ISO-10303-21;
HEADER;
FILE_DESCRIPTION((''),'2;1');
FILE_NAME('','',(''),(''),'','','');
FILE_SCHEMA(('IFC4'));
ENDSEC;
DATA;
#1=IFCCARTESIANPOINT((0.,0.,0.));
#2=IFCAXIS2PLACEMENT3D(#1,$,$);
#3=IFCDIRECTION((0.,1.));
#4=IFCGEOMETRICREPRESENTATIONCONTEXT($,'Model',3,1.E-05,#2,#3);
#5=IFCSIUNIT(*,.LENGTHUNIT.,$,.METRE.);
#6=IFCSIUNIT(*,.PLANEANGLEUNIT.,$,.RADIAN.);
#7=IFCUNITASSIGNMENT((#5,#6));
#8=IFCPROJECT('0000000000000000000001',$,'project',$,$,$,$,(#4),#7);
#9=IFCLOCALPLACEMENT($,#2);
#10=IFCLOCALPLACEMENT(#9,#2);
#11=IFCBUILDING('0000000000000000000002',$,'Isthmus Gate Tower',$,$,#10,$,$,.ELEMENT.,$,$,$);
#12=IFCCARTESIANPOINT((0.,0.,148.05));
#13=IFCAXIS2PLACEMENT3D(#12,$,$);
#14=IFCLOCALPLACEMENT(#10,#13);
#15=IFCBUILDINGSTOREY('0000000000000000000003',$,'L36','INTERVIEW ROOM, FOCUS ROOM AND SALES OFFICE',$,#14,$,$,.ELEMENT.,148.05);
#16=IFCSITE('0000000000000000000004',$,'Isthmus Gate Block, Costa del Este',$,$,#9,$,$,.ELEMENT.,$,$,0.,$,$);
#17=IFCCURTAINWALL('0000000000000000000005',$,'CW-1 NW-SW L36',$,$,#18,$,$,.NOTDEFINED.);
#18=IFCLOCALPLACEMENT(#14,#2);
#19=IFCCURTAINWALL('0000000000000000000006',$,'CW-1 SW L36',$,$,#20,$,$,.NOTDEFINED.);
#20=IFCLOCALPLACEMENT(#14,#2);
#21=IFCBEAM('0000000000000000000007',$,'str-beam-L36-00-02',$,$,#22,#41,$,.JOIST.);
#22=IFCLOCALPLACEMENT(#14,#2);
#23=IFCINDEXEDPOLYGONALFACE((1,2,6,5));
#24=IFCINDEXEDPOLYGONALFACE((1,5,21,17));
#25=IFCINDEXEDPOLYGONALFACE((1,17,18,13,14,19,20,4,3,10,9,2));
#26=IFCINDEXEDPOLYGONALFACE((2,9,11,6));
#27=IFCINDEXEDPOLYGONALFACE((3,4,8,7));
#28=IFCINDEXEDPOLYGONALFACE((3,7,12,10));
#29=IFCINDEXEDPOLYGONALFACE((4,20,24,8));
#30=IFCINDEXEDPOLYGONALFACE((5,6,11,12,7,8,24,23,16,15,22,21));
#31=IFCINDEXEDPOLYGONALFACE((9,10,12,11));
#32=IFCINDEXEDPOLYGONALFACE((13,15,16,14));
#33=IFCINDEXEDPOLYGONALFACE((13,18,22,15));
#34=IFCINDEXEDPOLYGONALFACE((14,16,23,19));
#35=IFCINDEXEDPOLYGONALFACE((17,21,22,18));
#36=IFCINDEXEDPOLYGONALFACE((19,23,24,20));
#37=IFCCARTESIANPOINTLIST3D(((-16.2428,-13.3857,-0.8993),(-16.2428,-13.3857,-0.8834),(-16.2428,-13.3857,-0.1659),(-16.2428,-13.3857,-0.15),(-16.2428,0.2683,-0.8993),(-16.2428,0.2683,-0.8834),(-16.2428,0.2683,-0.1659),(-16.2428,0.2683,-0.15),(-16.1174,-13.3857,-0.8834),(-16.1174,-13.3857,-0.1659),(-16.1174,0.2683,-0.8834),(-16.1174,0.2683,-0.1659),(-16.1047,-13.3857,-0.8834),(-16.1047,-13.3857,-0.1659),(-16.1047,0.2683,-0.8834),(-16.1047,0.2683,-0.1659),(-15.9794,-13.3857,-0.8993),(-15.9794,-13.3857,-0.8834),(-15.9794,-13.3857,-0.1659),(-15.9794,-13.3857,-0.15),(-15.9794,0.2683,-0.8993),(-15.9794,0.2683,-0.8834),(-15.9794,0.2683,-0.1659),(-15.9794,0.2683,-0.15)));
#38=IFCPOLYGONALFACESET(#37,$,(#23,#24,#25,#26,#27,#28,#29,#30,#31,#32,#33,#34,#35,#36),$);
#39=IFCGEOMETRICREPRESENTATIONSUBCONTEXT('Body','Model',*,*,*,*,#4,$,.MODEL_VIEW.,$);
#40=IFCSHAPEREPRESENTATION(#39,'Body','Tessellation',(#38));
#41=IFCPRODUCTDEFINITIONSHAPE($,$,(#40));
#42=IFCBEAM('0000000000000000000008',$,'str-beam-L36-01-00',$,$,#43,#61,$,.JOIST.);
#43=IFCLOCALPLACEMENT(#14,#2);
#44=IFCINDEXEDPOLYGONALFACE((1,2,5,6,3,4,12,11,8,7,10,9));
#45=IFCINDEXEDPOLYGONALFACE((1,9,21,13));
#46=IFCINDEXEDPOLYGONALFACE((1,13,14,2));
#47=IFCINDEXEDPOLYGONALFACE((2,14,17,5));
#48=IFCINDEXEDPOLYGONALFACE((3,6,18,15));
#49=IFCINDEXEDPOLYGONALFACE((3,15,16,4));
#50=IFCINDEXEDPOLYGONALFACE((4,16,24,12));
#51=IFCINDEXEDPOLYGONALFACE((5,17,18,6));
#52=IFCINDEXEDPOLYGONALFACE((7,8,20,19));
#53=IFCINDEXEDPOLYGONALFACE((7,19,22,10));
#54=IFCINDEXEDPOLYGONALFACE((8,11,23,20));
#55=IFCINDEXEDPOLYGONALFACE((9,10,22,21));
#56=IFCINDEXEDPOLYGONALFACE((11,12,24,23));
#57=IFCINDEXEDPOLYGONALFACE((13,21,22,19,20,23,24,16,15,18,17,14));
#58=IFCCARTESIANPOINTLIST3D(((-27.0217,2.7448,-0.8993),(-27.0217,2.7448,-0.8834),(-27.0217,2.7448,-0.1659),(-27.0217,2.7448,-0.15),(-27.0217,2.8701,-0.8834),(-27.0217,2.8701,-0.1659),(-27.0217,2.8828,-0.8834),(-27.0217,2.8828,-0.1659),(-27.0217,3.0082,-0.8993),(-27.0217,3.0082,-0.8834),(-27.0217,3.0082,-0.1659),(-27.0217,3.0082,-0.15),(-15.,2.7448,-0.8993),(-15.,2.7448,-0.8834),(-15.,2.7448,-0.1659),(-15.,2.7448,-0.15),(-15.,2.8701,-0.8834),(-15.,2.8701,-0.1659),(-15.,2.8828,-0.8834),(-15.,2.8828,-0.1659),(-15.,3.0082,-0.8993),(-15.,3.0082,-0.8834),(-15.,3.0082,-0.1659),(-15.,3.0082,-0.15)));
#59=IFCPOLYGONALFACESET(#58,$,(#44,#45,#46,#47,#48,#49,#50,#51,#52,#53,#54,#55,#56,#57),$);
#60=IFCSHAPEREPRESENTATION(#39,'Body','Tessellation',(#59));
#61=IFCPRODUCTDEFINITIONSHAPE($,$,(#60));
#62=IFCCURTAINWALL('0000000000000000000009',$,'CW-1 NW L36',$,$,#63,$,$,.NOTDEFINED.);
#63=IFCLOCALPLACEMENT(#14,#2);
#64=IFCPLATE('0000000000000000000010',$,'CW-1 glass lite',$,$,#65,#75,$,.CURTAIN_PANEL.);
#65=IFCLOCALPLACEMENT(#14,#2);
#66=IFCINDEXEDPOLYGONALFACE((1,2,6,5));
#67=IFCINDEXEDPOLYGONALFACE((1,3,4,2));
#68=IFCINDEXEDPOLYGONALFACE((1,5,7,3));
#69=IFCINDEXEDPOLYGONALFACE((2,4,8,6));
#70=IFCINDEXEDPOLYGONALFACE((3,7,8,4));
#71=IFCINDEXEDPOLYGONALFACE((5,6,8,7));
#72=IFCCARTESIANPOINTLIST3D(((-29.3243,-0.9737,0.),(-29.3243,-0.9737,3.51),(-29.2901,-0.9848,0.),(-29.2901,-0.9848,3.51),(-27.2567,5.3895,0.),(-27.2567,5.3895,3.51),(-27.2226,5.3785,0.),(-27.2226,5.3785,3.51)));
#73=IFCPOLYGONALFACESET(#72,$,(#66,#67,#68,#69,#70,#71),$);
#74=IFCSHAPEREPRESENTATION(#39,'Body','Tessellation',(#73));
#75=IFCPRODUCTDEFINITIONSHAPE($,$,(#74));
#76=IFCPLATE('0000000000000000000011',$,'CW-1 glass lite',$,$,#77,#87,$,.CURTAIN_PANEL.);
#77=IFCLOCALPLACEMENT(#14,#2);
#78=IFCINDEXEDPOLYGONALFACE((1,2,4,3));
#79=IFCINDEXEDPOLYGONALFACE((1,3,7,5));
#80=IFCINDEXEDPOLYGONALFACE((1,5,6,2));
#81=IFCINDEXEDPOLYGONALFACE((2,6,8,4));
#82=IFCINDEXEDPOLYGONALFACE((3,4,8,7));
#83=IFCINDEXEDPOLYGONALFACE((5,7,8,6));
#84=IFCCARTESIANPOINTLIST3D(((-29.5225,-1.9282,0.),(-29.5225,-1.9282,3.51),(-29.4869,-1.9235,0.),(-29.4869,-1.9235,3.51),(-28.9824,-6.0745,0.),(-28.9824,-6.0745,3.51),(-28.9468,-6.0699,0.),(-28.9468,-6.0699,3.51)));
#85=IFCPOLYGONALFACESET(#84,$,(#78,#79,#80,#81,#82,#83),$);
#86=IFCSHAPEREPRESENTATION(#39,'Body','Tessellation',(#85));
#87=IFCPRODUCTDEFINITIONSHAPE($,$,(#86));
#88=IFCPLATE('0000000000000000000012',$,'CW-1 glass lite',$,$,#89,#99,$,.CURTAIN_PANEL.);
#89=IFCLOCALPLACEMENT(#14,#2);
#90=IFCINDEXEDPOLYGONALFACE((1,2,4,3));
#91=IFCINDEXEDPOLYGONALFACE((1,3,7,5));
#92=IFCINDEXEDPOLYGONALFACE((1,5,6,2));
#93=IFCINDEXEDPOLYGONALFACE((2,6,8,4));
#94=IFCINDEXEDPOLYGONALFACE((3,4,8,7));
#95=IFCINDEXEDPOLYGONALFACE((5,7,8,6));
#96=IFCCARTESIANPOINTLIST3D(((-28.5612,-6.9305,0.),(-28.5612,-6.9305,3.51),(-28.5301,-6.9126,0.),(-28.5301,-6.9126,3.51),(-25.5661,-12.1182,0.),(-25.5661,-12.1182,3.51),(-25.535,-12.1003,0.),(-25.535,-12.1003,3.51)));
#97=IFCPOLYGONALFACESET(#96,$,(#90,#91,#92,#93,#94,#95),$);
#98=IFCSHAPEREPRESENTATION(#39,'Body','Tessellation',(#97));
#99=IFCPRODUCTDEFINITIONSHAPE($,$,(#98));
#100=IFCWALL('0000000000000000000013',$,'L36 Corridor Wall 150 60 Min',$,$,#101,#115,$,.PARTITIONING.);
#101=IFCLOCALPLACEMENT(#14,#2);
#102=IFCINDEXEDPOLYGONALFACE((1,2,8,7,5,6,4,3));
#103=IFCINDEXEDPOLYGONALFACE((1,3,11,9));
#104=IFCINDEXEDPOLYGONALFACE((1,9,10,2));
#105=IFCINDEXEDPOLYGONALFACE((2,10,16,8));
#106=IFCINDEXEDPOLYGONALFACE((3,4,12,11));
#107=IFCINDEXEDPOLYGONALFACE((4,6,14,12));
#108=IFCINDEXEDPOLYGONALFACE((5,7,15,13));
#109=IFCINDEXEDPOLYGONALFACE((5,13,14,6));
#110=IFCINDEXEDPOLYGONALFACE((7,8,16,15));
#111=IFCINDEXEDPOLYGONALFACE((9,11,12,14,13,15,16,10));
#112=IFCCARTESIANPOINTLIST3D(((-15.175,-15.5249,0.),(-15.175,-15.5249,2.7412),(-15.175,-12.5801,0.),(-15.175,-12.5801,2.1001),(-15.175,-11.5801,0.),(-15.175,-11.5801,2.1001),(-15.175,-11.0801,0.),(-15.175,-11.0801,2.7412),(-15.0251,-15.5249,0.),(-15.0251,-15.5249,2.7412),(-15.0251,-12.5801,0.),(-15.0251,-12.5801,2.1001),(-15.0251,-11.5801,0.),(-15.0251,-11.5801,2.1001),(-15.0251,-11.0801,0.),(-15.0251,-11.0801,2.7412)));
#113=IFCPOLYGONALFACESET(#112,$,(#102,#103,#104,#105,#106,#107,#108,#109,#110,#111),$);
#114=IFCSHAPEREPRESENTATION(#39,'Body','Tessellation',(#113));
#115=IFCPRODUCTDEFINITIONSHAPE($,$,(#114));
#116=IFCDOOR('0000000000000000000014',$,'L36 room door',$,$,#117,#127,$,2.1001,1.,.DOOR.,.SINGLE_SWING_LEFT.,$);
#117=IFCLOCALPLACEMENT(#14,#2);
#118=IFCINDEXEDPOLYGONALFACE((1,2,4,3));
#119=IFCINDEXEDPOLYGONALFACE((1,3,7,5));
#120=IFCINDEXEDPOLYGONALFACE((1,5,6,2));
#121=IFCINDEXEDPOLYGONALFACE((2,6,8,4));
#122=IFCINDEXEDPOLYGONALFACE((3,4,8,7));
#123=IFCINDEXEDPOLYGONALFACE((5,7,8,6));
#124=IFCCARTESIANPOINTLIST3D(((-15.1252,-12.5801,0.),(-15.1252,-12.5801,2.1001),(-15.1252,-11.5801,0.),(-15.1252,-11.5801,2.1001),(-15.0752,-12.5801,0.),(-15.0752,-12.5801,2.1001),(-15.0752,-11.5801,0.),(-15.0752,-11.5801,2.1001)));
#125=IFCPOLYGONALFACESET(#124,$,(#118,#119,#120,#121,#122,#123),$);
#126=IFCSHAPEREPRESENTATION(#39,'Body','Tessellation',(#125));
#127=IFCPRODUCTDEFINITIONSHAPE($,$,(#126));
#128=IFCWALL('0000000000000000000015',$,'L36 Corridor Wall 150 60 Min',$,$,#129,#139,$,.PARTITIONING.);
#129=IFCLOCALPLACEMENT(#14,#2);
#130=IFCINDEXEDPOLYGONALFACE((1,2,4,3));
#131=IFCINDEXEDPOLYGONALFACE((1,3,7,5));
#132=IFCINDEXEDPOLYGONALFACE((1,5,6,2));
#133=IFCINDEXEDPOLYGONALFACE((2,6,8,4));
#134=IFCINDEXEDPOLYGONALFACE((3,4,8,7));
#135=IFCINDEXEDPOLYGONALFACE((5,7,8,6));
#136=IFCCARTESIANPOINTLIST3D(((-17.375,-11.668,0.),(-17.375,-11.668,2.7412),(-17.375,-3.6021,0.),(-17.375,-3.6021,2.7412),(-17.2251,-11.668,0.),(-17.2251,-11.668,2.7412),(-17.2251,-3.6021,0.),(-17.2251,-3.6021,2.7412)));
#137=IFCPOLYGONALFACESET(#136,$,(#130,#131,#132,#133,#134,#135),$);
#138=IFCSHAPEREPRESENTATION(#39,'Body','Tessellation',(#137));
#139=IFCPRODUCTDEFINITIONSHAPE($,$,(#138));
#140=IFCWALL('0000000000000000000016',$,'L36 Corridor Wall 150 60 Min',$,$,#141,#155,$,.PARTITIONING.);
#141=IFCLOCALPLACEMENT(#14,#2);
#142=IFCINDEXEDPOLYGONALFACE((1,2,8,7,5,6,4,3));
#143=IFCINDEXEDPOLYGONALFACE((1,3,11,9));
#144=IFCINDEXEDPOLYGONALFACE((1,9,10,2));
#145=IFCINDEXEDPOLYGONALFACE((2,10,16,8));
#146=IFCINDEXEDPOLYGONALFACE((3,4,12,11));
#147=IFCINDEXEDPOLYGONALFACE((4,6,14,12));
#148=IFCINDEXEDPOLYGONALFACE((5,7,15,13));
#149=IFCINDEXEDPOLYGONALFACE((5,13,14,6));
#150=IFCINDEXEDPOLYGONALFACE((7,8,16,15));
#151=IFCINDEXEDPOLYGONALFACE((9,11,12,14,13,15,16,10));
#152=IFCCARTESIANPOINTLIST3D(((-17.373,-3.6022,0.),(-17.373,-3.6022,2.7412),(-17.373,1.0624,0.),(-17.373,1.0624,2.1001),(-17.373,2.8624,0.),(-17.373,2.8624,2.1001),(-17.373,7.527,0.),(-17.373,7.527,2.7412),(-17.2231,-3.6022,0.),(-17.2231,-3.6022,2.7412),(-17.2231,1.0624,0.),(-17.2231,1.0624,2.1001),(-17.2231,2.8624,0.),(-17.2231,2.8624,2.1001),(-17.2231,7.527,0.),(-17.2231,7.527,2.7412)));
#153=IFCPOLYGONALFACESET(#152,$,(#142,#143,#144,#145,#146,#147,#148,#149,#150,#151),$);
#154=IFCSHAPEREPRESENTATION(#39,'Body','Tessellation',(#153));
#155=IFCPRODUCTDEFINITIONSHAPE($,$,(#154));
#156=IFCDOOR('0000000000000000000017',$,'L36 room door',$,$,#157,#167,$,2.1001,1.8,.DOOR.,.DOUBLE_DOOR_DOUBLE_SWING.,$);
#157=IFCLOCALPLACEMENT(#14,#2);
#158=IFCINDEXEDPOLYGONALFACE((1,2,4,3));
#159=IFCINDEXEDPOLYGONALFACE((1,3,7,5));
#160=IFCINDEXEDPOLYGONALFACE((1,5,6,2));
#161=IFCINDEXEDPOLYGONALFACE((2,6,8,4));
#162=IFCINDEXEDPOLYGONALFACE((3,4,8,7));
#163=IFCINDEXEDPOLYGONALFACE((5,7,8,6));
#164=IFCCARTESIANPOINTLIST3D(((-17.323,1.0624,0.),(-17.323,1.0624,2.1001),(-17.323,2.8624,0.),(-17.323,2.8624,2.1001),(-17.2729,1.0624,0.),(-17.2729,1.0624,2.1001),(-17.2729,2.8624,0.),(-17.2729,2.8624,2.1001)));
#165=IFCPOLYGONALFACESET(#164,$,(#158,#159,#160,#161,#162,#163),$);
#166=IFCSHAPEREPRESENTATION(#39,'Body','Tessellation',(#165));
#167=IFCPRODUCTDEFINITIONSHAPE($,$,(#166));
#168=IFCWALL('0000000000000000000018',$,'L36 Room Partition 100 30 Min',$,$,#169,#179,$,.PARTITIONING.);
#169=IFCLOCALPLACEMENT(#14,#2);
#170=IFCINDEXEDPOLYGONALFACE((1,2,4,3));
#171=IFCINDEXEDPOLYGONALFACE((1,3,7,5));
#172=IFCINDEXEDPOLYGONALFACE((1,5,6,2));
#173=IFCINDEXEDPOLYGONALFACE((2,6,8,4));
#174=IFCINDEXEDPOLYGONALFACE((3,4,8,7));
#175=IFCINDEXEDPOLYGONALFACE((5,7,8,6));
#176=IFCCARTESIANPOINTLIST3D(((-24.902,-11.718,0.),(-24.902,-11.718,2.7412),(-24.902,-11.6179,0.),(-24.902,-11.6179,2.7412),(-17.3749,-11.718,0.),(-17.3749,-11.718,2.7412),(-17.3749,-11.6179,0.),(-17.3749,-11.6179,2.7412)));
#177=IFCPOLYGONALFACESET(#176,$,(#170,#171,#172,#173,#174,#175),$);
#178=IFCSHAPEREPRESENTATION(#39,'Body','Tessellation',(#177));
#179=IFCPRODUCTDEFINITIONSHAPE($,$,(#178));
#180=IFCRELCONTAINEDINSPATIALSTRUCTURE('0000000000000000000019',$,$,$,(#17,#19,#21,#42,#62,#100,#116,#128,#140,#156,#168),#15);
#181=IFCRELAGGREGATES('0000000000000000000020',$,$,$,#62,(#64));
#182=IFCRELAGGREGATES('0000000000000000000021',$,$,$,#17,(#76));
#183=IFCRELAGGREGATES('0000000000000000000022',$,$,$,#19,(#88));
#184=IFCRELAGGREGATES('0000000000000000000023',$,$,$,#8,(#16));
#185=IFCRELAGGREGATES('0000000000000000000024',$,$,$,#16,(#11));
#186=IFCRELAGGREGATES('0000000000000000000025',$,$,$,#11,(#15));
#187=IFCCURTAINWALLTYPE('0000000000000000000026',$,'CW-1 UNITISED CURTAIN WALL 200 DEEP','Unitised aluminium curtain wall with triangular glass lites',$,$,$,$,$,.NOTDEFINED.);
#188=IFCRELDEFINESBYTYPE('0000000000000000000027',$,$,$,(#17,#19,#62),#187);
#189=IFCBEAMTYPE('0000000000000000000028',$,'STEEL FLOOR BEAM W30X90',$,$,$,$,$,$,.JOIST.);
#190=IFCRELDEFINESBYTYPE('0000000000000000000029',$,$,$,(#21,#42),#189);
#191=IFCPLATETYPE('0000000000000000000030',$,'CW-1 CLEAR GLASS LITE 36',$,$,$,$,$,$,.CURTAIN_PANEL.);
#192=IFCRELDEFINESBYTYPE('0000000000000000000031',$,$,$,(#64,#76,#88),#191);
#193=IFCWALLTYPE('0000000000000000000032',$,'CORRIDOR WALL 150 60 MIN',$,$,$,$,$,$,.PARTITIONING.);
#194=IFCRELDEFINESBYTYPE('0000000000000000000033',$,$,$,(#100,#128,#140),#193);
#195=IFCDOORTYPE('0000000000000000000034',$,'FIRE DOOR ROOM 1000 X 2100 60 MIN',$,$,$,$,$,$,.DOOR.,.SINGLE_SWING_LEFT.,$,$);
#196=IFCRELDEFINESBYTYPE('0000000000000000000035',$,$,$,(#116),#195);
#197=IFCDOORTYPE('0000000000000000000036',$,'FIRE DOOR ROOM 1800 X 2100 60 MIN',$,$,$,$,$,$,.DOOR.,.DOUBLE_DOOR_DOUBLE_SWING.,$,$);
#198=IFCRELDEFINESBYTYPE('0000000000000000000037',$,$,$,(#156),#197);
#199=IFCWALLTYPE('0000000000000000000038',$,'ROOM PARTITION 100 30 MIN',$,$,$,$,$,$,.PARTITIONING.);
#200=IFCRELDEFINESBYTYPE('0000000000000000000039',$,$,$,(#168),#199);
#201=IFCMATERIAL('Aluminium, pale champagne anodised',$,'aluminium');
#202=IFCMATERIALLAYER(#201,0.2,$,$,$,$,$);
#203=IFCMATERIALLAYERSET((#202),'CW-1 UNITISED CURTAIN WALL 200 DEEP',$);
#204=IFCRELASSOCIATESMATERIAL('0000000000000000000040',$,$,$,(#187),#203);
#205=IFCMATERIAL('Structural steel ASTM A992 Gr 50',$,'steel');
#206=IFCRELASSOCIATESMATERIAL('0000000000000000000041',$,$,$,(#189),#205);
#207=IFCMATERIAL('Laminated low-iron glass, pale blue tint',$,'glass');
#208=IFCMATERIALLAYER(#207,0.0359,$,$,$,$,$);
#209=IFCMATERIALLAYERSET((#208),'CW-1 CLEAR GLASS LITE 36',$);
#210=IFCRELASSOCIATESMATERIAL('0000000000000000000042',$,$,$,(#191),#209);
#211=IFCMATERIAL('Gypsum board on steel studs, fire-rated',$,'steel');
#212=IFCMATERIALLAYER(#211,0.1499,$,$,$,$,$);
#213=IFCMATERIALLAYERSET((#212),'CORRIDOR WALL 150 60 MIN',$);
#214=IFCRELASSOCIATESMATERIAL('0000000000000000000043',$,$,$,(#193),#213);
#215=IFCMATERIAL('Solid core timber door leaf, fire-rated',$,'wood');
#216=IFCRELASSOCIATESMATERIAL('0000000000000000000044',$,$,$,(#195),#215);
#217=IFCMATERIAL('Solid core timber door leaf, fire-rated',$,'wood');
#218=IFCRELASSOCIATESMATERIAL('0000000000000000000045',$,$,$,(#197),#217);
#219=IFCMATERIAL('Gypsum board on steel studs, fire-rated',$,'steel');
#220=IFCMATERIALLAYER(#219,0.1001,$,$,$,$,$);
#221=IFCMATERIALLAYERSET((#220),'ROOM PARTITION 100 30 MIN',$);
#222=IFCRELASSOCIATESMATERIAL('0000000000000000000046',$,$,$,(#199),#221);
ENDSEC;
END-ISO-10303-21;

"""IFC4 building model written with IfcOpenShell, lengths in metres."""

from ifc_helpers import new_model, si_unit, direction, frame, frame_2d, origin, origin_2d, place, context, subcontext, project, spatial, rectangle, i_section, extrude, material, layer, layer_set, material_profile, profile_set, type_object, element, fill, aggregate, save


model = new_model("IFC4")

# Units and contexts
model_context = context("Model", 3, precision=1e-05, world=origin(), true_north=direction((0.0, 1.0)))
body_context = subcontext(model_context, "Body", "Model", "MODEL_VIEW")
ifc_project = project(units=[si_unit("LENGTHUNIT", "METRE"), si_unit("PLANEANGLEUNIT", "RADIAN")], contexts=[model_context])

# Site, building, storey
site_placement = place(None, origin())
site = spatial("IfcSite", under=ifc_project, at=site_placement, Name="Isthmus Gate Block, Costa del Este", CompositionType="ELEMENT", RefElevation=0.0)
building_placement = place(site_placement, origin())
building = spatial("IfcBuilding", under=site, at=building_placement, Name="Isthmus Gate Tower", CompositionType="ELEMENT")
storey_placement = place(building_placement, frame((0.0, 0.0, 148.05)))
storey = spatial("IfcBuildingStorey", under=building, at=storey_placement, Name="L36", Description="INTERVIEW ROOM, FOCUS ROOM AND SALES OFFICE", CompositionType="ELEMENT", Elevation=148.05)

# Curtain walls
ifc_material_1 = material(Name="Aluminium, pale champagne anodised", Category="aluminium")
ifc_layer_1 = layer(ifc_material_1, 0.2)
ifc_layer_set_1 = layer_set([ifc_layer_1], Name="CW-1 UNITISED CURTAIN WALL 200 DEEP")
curtain_wall_type = type_object("IfcCurtainWallType", Name="CW-1 UNITISED CURTAIN WALL 200 DEEP", Description="Unitised aluminium curtain wall with triangular glass lites", PredefinedType="NOTDEFINED", material=ifc_layer_set_1)
curtain_wall_1_placement = place(storey_placement, origin())
curtain_wall_1 = element("IfcCurtainWall", 1, at=curtain_wall_1_placement, inside=storey, type_object=curtain_wall_type, Name="CW-1 NW-SW L36", PredefinedType="NOTDEFINED")
curtain_wall_2_placement = place(storey_placement, origin())
curtain_wall_2 = element("IfcCurtainWall", 2, at=curtain_wall_2_placement, inside=storey, type_object=curtain_wall_type, Name="CW-1 SW L36", PredefinedType="NOTDEFINED")

# Beams
ifc_material_2 = material(Name="Structural steel ASTM A992 Gr 50", Category="steel")
ifc_material_profile_1 = material_profile(ifc_material_2, i_section(OverallWidth=0.2634, OverallDepth=0.7493, WebThickness=0.0127, FlangeThickness=0.0159, at=origin_2d()), Name="W30X90")
ifc_profile_set_1 = profile_set([ifc_material_profile_1], Name="Structural steel ASTM A992 Gr 50")
beam_type_1 = type_object("IfcBeamType", Name="STEEL FLOOR BEAM W30X90", PredefinedType="JOIST", material=ifc_profile_set_1)
beam_1_placement = place(storey_placement, frame((-16.1111, -13.3857, -0.5247), z_axis=(0.0, 1.0, 0.0), x_axis=(-1.0, 0.0, 0.0)))
element("IfcBeam", 3, at=beam_1_placement, inside=storey, type_object=beam_type_1, Name="str-beam-L36-00-02", PredefinedType="JOIST", context=body_context, shape_type="SweptSolid", body=[
    extrude(i_section(OverallWidth=0.2634, OverallDepth=0.7493, WebThickness=0.0127, FlangeThickness=0.0159, at=origin_2d()), origin(), (0.0, 0.0, 1.0), 13.6541),
])
beam_2_placement = place(storey_placement, frame((-27.0217, 2.8765, -0.5247), z_axis=(1.0, 0.0, 0.0), x_axis=(0.0, 1.0, 0.0)))
element("IfcBeam", 4, at=beam_2_placement, inside=storey, type_object=beam_type_1, Name="str-beam-L36-01-00", PredefinedType="JOIST", context=body_context, shape_type="SweptSolid", body=[
    extrude(i_section(OverallWidth=0.2634, OverallDepth=0.7493, WebThickness=0.0127, FlangeThickness=0.0159, at=origin_2d()), origin(), (0.0, 0.0, 1.0), 12.0217),
])

# Curtain wall, plate
curtain_wall_3_placement = place(storey_placement, origin())
curtain_wall_3 = element("IfcCurtainWall", 5, at=curtain_wall_3_placement, inside=storey, type_object=curtain_wall_type, Name="CW-1 NW L36", PredefinedType="NOTDEFINED")
ifc_material_3 = material(Name="Laminated low-iron glass, pale blue tint", Category="glass")
ifc_layer_2 = layer(ifc_material_3, 0.0359)
ifc_layer_set_2 = layer_set([ifc_layer_2], Name="CW-1 CLEAR GLASS LITE 36")
plate_type = type_object("IfcPlateType", Name="CW-1 CLEAR GLASS LITE 36", PredefinedType="CURTAIN_PANEL", material=ifc_layer_set_2)
plate_1_placement = place(storey_placement, frame((-28.2734, 2.2024, 0.0), z_axis=(0.0, 0.0, 1.0), x_axis=(-0.309017, -0.951057, 0.0)))
plate_1 = element("IfcPlate", 6, at=plate_1_placement, type_object=plate_type, Name="CW-1 glass lite", PredefinedType="CURTAIN_PANEL", context=body_context, shape_type="SweptSolid", body=[
    extrude(rectangle(XDim=6.6907, YDim=0.0359, at=origin_2d()), origin(), (0.0, 0.0, 1.0), 3.51),
])
aggregate(curtain_wall_3, [plate_1])

# Plates
plate_2_placement = place(storey_placement, frame((-29.2346, -3.999, 0.0), z_axis=(0.0, 0.0, 1.0), x_axis=(0.129165, -0.991623, 0.0)))
plate_2 = element("IfcPlate", 7, at=plate_2_placement, type_object=plate_type, Name="CW-1 glass lite", PredefinedType="CURTAIN_PANEL", context=body_context, shape_type="SweptSolid", body=[
    extrude(rectangle(XDim=4.1814, YDim=0.0359, at=origin_2d()), origin(), (0.0, 0.0, 1.0), 3.51),
])
aggregate(curtain_wall_1, [plate_2])
plate_3_placement = place(storey_placement, frame((-27.0481, -9.5154, 0.0), z_axis=(0.0, 0.0, 1.0), x_axis=(0.5, -0.866025, 0.0)))
plate_3 = element("IfcPlate", 8, at=plate_3_placement, type_object=plate_type, Name="CW-1 glass lite", PredefinedType="CURTAIN_PANEL", context=body_context, shape_type="SweptSolid", body=[
    extrude(rectangle(XDim=5.9902, YDim=0.0359, at=origin_2d()), origin(), (0.0, 0.0, 1.0), 3.51),
])
aggregate(curtain_wall_2, [plate_3])

# Wall, opening, door
ifc_material_4 = material(Name="Gypsum board on steel studs, fire-rated", Category="steel")
ifc_layer_3 = layer(ifc_material_4, 0.1499)
ifc_layer_set_3 = layer_set([ifc_layer_3], Name="CORRIDOR WALL 150 60 MIN")
wall_type_1 = type_object("IfcWallType", Name="CORRIDOR WALL 150 60 MIN", PredefinedType="PARTITIONING", material=ifc_layer_set_3)
wall_1_placement = place(storey_placement, frame((-15.1001, -11.0801, 0.0), z_axis=(0.0, 0.0, 1.0), x_axis=(0.0, -1.0, 0.0)))
wall_1 = element("IfcWall", 9, at=wall_1_placement, inside=storey, type_object=wall_type_1, Name="L36 Corridor Wall 150 60 Min", PredefinedType="PARTITIONING", context=body_context, shape_type="SweptSolid", body=[
    extrude(rectangle(XDim=4.4448, YDim=0.1499, at=frame_2d((2.2224, 0.0))), origin(), (0.0, 0.0, 1.0), 2.7412),
])
opening_1_placement = place(wall_1_placement, frame((0.5, 0.0, 0.0)))
opening_1 = element("IfcOpeningElement", 10, at=opening_1_placement, cuts=wall_1, PredefinedType="OPENING", context=body_context, shape_type="SweptSolid", body=[
    extrude(rectangle(XDim=1.0, YDim=2.1001, at=frame_2d((0.5, 1.05))), frame((0.0, 0.085, 0.0), z_axis=(0.0, -1.0, 0.0), x_axis=(1.0, 0.0, 0.0)), (0.0, 0.0, 1.0), 0.1699),
])
ifc_material_5 = material(Name="Solid core timber door leaf, fire-rated", Category="wood")
door_type_1 = type_object("IfcDoorType", Name="FIRE DOOR ROOM 1000 X 2100 60 MIN", OperationType="SINGLE_SWING_LEFT", PredefinedType="DOOR", material=ifc_material_5)
door_1_placement = place(opening_1_placement, origin())
door_1 = element("IfcDoor", 11, at=door_1_placement, inside=storey, type_object=door_type_1, Name="L36 room door", OperationType="SINGLE_SWING_LEFT", OverallHeight=2.1001, OverallWidth=1.0, PredefinedType="DOOR", context=body_context, shape_type="SweptSolid", body=[
    extrude(rectangle(XDim=1.0, YDim=2.1001, at=frame_2d((0.5, 1.05))), frame((0.0, 0.0249, 0.0), z_axis=(0.0, -1.0, 0.0), x_axis=(1.0, 0.0, 0.0)), (0.0, 0.0, 1.0), 0.05),
])
fill(opening_1, door_1)

# Wall
wall_2_placement = place(storey_placement, frame((-17.3, -11.668, 0.0), z_axis=(0.0, 0.0, 1.0), x_axis=(0.0, 1.0, 0.0)))
element("IfcWall", 12, at=wall_2_placement, inside=storey, type_object=wall_type_1, Name="L36 Corridor Wall 150 60 Min", PredefinedType="PARTITIONING", context=body_context, shape_type="SweptSolid", body=[
    extrude(rectangle(XDim=8.0659, YDim=0.1499, at=frame_2d((4.033, 0.0))), origin(), (0.0, 0.0, 1.0), 2.7412),
])

# Wall, opening, door
wall_3_placement = place(storey_placement, frame((-17.2981, -3.6021, 0.0), z_axis=(0.0, 0.0, 1.0), x_axis=(0.0, 1.0, 0.0)))
wall_3 = element("IfcWall", 13, at=wall_3_placement, inside=storey, type_object=wall_type_1, Name="L36 Corridor Wall 150 60 Min", PredefinedType="PARTITIONING", context=body_context, shape_type="SweptSolid", body=[
    extrude(rectangle(XDim=11.1292, YDim=0.1499, at=frame_2d((5.5645, 0.0))), origin(), (0.0, 0.0, 1.0), 2.7412),
])
opening_2_placement = place(wall_3_placement, frame((4.6646, 0.0, 0.0)))
opening_2 = element("IfcOpeningElement", 14, at=opening_2_placement, cuts=wall_3, PredefinedType="OPENING", context=body_context, shape_type="SweptSolid", body=[
    extrude(rectangle(XDim=1.8, YDim=2.1001, at=frame_2d((0.8999, 1.05))), frame((0.0, 0.085, 0.0), z_axis=(0.0, -1.0, 0.0), x_axis=(1.0, 0.0, 0.0)), (0.0, 0.0, 1.0), 0.1699),
])
ifc_material_6 = material(Name="Solid core timber door leaf, fire-rated", Category="wood")
door_type_2 = type_object("IfcDoorType", Name="FIRE DOOR ROOM 1800 X 2100 60 MIN", OperationType="DOUBLE_DOOR_DOUBLE_SWING", PredefinedType="DOOR", material=ifc_material_6)
door_2_placement = place(opening_2_placement, origin())
door_2 = element("IfcDoor", 15, at=door_2_placement, inside=storey, type_object=door_type_2, Name="L36 room door", OperationType="DOUBLE_DOOR_DOUBLE_SWING", OverallHeight=2.1001, OverallWidth=1.8, PredefinedType="DOOR", context=body_context, shape_type="SweptSolid", body=[
    extrude(rectangle(XDim=1.8, YDim=2.1001, at=frame_2d((0.8999, 1.05))), frame((0.0, 0.0249, 0.0), z_axis=(0.0, -1.0, 0.0), x_axis=(1.0, 0.0, 0.0)), (0.0, 0.0, 1.0), 0.05),
])
fill(opening_2, door_2)

# Wall
ifc_material_7 = material(Name="Gypsum board on steel studs, fire-rated", Category="steel")
ifc_layer_4 = layer(ifc_material_7, 0.1001)
ifc_layer_set_4 = layer_set([ifc_layer_4], Name="ROOM PARTITION 100 30 MIN")
wall_type_2 = type_object("IfcWallType", Name="ROOM PARTITION 100 30 MIN", PredefinedType="PARTITIONING", material=ifc_layer_set_4)
wall_4_placement = place(storey_placement, frame((-24.9021, -11.668, 0.0), z_axis=(0.0, 0.0, 1.0), x_axis=(1.0, 0.0, 0.0)))
element("IfcWall", 16, at=wall_4_placement, inside=storey, type_object=wall_type_2, Name="L36 Room Partition 100 30 Min", PredefinedType="PARTITIONING", context=body_context, shape_type="SweptSolid", body=[
    extrude(rectangle(XDim=7.5271, YDim=0.1001, at=frame_2d((3.7637, 0.0))), origin(), (0.0, 0.0, 1.0), 2.7412),
])

save(model, "model.ifc")
